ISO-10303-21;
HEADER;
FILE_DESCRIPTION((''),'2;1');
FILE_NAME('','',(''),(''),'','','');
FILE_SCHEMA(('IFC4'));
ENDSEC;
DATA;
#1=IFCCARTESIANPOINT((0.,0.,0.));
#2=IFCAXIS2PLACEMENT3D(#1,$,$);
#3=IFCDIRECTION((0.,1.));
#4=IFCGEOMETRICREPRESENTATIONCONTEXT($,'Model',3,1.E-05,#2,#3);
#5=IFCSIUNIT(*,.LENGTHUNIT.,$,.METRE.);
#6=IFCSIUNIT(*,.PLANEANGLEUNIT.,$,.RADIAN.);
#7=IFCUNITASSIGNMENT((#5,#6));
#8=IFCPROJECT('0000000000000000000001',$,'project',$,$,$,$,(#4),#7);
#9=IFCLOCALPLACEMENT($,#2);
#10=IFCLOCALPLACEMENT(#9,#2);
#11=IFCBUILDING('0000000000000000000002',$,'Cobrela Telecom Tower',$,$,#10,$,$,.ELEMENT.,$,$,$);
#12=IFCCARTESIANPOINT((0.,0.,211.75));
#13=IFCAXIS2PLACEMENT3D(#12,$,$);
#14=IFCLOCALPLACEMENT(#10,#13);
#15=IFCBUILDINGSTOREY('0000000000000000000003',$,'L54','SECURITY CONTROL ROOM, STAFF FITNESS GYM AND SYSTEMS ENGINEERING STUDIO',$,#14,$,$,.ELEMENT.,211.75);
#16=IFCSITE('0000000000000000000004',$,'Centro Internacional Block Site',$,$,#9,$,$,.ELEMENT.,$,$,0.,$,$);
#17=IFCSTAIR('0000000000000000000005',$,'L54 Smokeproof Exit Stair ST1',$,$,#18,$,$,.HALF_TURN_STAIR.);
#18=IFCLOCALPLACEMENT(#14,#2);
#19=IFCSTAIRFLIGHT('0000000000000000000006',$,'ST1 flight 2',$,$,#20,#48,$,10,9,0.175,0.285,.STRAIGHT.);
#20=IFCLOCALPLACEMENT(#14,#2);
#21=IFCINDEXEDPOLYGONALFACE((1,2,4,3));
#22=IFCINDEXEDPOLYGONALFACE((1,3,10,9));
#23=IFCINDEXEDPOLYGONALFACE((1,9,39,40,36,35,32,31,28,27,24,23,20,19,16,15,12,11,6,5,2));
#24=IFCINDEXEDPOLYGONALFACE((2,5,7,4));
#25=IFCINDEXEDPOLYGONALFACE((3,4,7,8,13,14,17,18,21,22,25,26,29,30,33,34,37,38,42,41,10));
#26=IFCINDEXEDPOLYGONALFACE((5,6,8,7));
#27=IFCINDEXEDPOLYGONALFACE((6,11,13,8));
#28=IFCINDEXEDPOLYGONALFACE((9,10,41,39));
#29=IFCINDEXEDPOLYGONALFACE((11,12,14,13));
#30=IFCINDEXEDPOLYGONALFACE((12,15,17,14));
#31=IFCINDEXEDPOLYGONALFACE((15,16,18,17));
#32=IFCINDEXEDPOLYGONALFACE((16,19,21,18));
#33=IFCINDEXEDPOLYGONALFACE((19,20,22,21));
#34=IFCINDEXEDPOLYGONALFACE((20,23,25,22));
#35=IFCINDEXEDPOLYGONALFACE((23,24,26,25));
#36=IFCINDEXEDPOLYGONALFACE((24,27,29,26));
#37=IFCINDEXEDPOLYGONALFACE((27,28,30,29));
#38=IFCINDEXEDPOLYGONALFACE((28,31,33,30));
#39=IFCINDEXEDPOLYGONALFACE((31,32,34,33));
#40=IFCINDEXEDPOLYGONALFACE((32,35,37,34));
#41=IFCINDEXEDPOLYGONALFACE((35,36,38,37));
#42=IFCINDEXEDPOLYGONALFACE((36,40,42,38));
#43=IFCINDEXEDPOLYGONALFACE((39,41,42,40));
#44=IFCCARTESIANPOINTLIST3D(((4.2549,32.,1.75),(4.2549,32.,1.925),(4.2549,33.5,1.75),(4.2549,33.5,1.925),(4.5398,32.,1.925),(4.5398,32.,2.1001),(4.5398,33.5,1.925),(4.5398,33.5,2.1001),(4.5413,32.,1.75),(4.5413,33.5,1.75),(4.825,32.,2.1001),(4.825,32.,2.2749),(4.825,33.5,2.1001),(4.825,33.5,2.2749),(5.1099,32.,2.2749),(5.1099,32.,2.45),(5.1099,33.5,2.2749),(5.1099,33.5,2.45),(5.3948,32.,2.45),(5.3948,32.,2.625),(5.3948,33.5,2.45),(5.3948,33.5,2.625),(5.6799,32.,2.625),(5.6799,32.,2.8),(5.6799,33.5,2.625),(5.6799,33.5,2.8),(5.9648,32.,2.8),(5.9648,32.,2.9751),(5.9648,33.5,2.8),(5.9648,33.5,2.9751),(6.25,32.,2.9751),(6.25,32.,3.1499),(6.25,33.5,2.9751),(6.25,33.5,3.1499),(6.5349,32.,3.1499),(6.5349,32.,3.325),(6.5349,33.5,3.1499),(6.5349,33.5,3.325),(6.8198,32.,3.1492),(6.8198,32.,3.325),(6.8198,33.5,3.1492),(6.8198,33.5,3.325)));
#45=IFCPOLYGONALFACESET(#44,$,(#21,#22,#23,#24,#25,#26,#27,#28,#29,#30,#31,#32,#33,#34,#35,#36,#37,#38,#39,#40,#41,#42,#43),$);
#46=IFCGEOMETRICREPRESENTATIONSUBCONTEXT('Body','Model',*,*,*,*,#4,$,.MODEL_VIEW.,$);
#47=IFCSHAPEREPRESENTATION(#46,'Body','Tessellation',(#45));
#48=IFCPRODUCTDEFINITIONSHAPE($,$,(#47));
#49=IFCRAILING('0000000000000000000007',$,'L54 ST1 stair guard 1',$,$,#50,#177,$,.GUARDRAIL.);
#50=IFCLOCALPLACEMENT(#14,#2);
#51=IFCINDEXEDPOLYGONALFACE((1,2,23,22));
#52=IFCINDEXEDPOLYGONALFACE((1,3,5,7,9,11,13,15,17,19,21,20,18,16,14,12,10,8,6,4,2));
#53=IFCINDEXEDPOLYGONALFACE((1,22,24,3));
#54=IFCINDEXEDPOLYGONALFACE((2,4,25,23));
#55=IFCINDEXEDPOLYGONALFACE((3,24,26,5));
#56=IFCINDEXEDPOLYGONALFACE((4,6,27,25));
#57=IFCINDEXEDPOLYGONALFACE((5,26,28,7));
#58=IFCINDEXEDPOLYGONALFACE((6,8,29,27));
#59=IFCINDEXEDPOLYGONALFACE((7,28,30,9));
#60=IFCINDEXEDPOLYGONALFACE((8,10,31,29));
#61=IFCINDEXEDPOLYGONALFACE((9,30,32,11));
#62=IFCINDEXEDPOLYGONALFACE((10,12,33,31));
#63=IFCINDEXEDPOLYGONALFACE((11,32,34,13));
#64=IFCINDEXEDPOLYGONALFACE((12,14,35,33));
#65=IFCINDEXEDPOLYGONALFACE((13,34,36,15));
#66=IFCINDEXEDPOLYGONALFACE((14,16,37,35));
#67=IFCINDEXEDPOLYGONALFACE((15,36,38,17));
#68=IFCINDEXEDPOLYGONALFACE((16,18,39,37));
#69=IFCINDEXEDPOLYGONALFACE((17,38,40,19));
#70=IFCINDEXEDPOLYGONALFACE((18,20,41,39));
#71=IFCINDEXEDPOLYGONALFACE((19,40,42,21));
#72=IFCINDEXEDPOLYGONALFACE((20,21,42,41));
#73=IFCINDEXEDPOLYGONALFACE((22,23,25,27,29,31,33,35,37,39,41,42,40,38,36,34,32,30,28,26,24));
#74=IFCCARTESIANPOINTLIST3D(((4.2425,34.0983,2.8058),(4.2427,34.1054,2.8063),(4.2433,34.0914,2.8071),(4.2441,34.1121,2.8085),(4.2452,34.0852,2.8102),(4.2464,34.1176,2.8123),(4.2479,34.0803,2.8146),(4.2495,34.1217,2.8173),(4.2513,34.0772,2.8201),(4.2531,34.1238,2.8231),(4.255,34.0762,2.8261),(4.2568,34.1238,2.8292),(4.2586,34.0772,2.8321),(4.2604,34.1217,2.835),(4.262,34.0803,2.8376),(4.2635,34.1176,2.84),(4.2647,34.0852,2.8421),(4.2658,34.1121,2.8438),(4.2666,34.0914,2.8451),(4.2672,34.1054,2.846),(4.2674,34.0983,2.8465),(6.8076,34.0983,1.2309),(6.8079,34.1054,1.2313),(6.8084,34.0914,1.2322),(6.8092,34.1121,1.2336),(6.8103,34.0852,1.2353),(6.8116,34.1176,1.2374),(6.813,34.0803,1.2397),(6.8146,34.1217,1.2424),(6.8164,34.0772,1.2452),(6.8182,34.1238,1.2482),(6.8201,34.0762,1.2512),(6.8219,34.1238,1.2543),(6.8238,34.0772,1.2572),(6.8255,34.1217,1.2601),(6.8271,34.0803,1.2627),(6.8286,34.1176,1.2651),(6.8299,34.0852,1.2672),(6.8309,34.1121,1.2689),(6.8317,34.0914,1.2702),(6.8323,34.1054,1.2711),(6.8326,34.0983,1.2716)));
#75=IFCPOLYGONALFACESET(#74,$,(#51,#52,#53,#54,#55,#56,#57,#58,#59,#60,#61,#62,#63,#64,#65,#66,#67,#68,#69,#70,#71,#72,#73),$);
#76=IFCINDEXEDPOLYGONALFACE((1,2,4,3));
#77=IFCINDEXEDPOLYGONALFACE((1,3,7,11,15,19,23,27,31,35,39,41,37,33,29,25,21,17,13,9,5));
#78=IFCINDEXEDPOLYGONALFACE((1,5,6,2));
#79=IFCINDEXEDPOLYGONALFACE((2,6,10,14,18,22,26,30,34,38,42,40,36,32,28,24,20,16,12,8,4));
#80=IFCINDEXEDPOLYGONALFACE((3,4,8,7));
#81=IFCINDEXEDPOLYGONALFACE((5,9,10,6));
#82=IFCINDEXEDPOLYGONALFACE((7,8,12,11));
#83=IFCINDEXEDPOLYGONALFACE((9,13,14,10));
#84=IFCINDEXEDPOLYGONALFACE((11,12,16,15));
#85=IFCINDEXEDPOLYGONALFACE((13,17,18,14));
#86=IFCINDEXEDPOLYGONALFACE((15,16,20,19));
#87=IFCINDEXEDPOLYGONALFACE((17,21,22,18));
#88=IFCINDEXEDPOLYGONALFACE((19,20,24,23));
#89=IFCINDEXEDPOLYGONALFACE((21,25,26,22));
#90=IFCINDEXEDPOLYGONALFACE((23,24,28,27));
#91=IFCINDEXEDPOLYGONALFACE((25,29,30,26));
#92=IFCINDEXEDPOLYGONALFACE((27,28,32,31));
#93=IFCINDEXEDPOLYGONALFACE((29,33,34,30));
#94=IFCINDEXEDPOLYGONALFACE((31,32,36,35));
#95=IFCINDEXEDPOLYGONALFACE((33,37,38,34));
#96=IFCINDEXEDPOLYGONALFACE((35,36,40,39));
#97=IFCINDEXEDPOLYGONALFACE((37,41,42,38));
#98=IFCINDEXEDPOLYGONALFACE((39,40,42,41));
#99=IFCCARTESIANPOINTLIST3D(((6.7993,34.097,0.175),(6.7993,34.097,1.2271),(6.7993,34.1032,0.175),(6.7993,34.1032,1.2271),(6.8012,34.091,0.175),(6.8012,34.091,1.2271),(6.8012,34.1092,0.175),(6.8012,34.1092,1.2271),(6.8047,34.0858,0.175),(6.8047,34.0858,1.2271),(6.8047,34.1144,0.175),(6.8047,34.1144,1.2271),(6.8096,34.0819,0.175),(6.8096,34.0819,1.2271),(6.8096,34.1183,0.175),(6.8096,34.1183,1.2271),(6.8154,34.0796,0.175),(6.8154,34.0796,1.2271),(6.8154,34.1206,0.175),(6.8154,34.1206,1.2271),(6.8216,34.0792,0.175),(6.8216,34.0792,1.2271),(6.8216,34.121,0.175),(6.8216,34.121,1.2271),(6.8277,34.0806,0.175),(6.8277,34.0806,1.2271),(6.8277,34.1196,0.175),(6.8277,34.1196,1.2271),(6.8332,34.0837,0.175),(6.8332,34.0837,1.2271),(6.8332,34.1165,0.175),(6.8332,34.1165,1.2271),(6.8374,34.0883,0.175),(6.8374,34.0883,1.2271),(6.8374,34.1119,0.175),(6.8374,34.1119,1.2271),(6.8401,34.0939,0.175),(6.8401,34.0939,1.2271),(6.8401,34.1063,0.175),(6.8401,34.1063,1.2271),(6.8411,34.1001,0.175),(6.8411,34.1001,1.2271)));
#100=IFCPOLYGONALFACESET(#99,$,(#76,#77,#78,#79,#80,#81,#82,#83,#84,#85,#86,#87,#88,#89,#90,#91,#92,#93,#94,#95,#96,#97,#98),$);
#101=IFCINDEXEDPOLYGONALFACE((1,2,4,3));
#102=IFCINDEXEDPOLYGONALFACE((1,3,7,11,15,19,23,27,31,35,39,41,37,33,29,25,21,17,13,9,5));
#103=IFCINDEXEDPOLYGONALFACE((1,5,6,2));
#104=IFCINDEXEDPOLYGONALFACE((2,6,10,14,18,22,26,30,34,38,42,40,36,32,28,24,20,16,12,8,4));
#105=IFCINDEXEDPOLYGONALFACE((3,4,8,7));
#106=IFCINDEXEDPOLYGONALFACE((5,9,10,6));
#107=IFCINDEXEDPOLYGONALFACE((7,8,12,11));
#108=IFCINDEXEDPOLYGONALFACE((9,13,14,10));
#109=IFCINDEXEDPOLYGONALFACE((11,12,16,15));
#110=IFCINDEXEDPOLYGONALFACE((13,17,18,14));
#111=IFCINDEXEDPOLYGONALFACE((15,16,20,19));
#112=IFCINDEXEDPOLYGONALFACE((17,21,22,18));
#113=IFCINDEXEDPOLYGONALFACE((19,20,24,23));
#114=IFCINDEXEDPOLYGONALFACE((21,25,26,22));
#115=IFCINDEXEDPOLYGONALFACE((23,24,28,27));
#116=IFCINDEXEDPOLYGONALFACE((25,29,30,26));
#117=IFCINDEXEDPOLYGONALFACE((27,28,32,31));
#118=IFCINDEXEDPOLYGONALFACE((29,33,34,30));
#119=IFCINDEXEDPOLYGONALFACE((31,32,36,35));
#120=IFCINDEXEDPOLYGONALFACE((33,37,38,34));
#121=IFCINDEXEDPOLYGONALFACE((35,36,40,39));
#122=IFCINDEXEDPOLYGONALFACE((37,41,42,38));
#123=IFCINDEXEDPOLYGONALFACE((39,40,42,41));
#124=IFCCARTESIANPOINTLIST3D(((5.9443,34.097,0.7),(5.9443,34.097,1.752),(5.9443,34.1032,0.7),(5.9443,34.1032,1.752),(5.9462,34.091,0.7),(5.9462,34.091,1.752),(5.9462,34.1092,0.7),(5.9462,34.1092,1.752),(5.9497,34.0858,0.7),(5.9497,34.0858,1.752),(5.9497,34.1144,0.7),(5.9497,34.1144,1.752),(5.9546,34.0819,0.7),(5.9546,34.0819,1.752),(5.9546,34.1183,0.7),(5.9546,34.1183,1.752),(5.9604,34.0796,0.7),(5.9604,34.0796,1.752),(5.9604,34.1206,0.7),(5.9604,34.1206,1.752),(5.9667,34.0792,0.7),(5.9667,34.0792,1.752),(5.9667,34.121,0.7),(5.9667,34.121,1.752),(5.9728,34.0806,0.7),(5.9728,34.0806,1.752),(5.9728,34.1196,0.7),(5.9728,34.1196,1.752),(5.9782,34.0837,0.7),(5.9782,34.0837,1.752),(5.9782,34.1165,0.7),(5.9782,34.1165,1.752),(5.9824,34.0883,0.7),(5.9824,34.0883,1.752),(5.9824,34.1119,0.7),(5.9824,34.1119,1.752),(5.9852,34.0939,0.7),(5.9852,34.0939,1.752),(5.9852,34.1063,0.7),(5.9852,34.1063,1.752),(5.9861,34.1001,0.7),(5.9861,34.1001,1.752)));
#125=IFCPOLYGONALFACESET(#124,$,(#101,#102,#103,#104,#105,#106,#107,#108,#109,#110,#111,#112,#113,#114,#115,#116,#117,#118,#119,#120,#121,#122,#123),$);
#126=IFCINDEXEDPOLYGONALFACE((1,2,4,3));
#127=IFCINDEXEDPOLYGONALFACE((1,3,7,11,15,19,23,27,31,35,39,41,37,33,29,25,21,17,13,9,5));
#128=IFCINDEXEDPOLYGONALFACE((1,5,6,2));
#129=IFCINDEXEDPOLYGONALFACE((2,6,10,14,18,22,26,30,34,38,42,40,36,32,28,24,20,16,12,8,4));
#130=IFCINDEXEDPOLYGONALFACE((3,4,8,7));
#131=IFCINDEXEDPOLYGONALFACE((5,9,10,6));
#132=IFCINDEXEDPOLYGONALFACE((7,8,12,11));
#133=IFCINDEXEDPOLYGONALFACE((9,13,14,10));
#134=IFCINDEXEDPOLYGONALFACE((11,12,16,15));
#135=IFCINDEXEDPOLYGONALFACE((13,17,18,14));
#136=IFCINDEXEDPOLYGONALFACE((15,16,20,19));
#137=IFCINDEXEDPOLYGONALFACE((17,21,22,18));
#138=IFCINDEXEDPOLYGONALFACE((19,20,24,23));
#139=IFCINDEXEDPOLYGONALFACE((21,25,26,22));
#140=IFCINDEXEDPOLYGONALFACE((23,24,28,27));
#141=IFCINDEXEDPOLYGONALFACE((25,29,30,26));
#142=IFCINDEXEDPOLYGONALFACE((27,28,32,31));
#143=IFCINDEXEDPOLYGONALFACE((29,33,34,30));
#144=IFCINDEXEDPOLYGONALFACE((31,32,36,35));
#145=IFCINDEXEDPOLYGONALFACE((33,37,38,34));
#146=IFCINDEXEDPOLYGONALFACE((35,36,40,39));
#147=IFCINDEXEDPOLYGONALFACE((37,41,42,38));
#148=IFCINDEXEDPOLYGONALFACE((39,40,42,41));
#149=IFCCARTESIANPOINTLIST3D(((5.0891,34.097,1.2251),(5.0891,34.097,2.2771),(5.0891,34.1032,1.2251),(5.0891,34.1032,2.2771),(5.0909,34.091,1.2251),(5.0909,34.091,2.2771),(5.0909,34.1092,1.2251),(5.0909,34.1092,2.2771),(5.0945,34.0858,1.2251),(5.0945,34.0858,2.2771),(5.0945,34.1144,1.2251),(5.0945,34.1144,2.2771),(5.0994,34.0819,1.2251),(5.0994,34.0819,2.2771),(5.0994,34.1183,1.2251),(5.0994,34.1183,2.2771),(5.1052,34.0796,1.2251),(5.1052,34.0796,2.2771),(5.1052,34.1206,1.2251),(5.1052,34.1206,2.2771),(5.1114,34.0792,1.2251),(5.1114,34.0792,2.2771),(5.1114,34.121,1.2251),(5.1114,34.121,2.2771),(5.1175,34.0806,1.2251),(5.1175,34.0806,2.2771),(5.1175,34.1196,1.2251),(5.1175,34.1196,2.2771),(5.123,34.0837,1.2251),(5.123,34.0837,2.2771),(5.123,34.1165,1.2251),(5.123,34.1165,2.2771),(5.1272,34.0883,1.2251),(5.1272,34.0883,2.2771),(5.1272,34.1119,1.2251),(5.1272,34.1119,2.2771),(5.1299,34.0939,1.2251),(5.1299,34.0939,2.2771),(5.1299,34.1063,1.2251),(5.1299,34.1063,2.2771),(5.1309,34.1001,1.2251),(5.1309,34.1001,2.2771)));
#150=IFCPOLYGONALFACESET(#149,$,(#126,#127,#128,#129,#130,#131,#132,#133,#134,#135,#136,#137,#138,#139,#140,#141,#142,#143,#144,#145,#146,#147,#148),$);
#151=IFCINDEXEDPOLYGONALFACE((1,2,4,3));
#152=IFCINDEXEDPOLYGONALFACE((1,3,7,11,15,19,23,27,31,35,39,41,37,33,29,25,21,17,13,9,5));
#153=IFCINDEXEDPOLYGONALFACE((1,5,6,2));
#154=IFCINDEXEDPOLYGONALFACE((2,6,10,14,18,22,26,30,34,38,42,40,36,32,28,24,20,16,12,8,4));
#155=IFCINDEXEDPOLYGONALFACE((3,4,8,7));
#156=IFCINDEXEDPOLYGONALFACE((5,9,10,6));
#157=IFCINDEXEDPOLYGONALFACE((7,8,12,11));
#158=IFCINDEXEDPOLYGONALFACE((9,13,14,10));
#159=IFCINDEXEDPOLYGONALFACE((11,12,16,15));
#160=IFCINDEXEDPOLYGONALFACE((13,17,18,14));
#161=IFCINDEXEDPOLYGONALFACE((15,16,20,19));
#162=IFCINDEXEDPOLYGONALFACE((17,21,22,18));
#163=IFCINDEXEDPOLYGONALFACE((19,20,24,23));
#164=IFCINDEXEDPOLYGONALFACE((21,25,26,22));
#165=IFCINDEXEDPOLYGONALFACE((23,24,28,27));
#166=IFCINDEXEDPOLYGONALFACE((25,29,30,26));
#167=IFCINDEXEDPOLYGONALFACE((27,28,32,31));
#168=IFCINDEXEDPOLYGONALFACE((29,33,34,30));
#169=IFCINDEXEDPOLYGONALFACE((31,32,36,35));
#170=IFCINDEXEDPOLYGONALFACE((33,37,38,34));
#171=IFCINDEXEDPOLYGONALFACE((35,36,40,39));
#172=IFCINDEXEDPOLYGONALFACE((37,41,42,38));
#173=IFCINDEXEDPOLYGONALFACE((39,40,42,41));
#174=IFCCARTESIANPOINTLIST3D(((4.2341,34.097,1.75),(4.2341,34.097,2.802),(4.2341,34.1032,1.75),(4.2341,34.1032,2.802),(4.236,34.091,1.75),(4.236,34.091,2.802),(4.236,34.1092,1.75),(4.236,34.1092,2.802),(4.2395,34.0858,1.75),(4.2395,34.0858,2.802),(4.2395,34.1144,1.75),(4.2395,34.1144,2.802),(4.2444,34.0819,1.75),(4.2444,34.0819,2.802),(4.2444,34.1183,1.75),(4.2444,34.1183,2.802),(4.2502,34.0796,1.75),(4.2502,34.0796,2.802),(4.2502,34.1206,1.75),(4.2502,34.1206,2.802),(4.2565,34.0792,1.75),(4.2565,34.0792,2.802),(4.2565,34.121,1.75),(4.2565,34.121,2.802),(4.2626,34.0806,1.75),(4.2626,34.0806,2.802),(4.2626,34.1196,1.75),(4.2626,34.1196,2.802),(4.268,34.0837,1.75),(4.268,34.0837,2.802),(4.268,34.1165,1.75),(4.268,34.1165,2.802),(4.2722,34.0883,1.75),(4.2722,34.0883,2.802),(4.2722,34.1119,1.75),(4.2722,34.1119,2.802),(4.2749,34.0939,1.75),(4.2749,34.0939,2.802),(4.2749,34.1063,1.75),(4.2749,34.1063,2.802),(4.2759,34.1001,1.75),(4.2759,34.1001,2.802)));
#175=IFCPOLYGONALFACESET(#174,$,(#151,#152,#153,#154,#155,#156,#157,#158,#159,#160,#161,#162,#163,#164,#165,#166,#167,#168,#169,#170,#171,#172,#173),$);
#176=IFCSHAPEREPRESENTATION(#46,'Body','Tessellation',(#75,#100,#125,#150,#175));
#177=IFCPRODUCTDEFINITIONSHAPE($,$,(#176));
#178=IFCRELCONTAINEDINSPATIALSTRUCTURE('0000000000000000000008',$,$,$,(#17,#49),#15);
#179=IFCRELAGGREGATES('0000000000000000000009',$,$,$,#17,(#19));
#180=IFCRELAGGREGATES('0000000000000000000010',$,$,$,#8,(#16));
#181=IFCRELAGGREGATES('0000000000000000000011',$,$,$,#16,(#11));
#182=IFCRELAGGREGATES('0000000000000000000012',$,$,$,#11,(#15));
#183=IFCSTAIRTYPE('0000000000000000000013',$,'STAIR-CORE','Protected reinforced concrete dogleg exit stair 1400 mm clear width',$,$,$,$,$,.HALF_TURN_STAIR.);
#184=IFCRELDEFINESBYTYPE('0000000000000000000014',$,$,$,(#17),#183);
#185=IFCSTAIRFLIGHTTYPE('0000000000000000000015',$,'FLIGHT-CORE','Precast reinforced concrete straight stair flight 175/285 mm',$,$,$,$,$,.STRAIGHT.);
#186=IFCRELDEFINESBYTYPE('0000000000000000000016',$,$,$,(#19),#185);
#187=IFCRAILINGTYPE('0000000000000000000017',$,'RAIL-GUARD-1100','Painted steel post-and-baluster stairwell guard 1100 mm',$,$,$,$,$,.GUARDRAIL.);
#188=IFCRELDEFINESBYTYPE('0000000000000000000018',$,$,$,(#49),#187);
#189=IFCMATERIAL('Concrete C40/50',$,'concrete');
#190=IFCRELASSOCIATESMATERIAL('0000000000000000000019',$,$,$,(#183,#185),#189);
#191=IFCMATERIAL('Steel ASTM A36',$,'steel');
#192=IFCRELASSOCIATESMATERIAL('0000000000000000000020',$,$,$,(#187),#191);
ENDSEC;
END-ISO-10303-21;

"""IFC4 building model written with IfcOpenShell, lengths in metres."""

from ifc_helpers import new_model, si_unit, direction, frame, origin, origin_2d, place, context, subcontext, project, spatial, polyline, circle, outline, extrude, material, type_object, element, aggregate, save


model = new_model("IFC4")

# Units and contexts
model_context = context("Model", 3, precision=1e-05, world=origin(), true_north=direction((0.0, 1.0)))
body_context = subcontext(model_context, "Body", "Model", "MODEL_VIEW")
ifc_project = project(units=[si_unit("LENGTHUNIT", "METRE"), si_unit("PLANEANGLEUNIT", "RADIAN")], contexts=[model_context])

# Site, building, storey
site_placement = place(None, origin())
site = spatial("IfcSite", under=ifc_project, at=site_placement, Name="Centro Internacional Block Site", CompositionType="ELEMENT", RefElevation=0.0)
building_placement = place(site_placement, origin())
building = spatial("IfcBuilding", under=site, at=building_placement, Name="Cobrela Telecom Tower", CompositionType="ELEMENT")
storey_placement = place(building_placement, frame((0.0, 0.0, 211.75)))
storey = spatial("IfcBuildingStorey", under=building, at=storey_placement, Name="L54", Description="SECURITY CONTROL ROOM, STAFF FITNESS GYM AND SYSTEMS ENGINEERING STUDIO", CompositionType="ELEMENT", Elevation=211.75)

# Shared definitions
ifc_material_1 = material(Name="Concrete C40/50", Category="concrete")

# Shared definitions
ifc_material_2 = material(Name="Steel ASTM A36", Category="steel")

# Stair, stair flight
stair_type = type_object("IfcStairType", Name="STAIR-CORE", Description="Protected reinforced concrete dogleg exit stair 1400 mm clear width", PredefinedType="HALF_TURN_STAIR", material=ifc_material_1)
stair_placement = place(storey_placement, origin())
stair = element("IfcStair", 1, at=stair_placement, inside=storey, type_object=stair_type, Name="L54 Smokeproof Exit Stair ST1", PredefinedType="HALF_TURN_STAIR")
stair_flight_type = type_object("IfcStairFlightType", Name="FLIGHT-CORE", Description="Precast reinforced concrete straight stair flight 175/285 mm", PredefinedType="STRAIGHT", material=ifc_material_1)
stair_flight_1_placement = place(storey_placement, frame((4.2549, 32.75, 1.75), z_axis=(0.0, 0.0, 1.0), x_axis=(1.0, 0.0, 0.0)))
stair_flight_1 = element("IfcStairFlight", 2, at=stair_flight_1_placement, type_object=stair_flight_type, Name="ST1 flight 2", NumberOfRisers=10, NumberOfTreads=9, PredefinedType="STRAIGHT", RiserHeight=0.175, TreadLength=0.285, context=body_context, shape_type="SweptSolid", body=[
    extrude(outline(polyline([(0.0, 0.0), (0.0, 0.175), (0.2849, 0.175), (0.2849, 0.3501), (0.5701, 0.3501), (0.5701, 0.5249), (0.855, 0.5249), (0.855, 0.7), (1.1399, 0.7), (1.1399, 0.875), (1.425, 0.875), (1.425, 1.05), (1.71, 1.05), (1.71, 1.2251), (1.9951, 1.2251), (1.9951, 1.3999), (2.28, 1.3999), (2.28, 1.575), (2.5649, 1.575), (2.5649, 1.75), (2.5649, 1.3992), (0.2864, 0.0), (0.0, 0.0)])), frame((0.0, 0.75, 0.0), z_axis=(0.0, -1.0, 0.0), x_axis=(1.0, 0.0, 0.0)), (0.0, 0.0, 1.0), 1.5),
])
aggregate(stair, [stair_flight_1])

# Railing
railing_type_1 = type_object("IfcRailingType", Name="RAIL-GUARD-1100", Description="Painted steel post-and-baluster stairwell guard 1100 mm", PredefinedType="GUARDRAIL", material=ifc_material_2)
railing_1_placement = place(storey_placement, frame((6.8201, 34.1001, 0.175)))
element("IfcRailing", 3, at=railing_1_placement, inside=storey, type_object=railing_type_1, Name="L54 ST1 stair guard 1", PredefinedType="GUARDRAIL", context=body_context, shape_type="SweptSolid", body=[
    extrude(circle(Radius=0.0239, at=origin_2d()), frame((0.0, 0.0, 1.0762), z_axis=(-0.852195, 0.0, 0.523224), x_axis=(0.0, -1.0, 0.0)), (0.0, 0.0, 1.0), 3.01),
    extrude(circle(Radius=0.021, at=origin_2d()), origin(), (0.0, 0.0, 1.0), 1.052),
    extrude(circle(Radius=0.021, at=origin_2d()), frame((-0.855, 0.0, 0.5249)), (0.0, 0.0, 1.0), 1.052),
    extrude(circle(Radius=0.021, at=origin_2d()), frame((-1.7102, 0.0, 1.05)), (0.0, 0.0, 1.0), 1.052),
    extrude(circle(Radius=0.021, at=origin_2d()), frame((-2.5652, 0.0, 1.575)), (0.0, 0.0, 1.0), 1.052),
])

save(model, "model.ifc")
